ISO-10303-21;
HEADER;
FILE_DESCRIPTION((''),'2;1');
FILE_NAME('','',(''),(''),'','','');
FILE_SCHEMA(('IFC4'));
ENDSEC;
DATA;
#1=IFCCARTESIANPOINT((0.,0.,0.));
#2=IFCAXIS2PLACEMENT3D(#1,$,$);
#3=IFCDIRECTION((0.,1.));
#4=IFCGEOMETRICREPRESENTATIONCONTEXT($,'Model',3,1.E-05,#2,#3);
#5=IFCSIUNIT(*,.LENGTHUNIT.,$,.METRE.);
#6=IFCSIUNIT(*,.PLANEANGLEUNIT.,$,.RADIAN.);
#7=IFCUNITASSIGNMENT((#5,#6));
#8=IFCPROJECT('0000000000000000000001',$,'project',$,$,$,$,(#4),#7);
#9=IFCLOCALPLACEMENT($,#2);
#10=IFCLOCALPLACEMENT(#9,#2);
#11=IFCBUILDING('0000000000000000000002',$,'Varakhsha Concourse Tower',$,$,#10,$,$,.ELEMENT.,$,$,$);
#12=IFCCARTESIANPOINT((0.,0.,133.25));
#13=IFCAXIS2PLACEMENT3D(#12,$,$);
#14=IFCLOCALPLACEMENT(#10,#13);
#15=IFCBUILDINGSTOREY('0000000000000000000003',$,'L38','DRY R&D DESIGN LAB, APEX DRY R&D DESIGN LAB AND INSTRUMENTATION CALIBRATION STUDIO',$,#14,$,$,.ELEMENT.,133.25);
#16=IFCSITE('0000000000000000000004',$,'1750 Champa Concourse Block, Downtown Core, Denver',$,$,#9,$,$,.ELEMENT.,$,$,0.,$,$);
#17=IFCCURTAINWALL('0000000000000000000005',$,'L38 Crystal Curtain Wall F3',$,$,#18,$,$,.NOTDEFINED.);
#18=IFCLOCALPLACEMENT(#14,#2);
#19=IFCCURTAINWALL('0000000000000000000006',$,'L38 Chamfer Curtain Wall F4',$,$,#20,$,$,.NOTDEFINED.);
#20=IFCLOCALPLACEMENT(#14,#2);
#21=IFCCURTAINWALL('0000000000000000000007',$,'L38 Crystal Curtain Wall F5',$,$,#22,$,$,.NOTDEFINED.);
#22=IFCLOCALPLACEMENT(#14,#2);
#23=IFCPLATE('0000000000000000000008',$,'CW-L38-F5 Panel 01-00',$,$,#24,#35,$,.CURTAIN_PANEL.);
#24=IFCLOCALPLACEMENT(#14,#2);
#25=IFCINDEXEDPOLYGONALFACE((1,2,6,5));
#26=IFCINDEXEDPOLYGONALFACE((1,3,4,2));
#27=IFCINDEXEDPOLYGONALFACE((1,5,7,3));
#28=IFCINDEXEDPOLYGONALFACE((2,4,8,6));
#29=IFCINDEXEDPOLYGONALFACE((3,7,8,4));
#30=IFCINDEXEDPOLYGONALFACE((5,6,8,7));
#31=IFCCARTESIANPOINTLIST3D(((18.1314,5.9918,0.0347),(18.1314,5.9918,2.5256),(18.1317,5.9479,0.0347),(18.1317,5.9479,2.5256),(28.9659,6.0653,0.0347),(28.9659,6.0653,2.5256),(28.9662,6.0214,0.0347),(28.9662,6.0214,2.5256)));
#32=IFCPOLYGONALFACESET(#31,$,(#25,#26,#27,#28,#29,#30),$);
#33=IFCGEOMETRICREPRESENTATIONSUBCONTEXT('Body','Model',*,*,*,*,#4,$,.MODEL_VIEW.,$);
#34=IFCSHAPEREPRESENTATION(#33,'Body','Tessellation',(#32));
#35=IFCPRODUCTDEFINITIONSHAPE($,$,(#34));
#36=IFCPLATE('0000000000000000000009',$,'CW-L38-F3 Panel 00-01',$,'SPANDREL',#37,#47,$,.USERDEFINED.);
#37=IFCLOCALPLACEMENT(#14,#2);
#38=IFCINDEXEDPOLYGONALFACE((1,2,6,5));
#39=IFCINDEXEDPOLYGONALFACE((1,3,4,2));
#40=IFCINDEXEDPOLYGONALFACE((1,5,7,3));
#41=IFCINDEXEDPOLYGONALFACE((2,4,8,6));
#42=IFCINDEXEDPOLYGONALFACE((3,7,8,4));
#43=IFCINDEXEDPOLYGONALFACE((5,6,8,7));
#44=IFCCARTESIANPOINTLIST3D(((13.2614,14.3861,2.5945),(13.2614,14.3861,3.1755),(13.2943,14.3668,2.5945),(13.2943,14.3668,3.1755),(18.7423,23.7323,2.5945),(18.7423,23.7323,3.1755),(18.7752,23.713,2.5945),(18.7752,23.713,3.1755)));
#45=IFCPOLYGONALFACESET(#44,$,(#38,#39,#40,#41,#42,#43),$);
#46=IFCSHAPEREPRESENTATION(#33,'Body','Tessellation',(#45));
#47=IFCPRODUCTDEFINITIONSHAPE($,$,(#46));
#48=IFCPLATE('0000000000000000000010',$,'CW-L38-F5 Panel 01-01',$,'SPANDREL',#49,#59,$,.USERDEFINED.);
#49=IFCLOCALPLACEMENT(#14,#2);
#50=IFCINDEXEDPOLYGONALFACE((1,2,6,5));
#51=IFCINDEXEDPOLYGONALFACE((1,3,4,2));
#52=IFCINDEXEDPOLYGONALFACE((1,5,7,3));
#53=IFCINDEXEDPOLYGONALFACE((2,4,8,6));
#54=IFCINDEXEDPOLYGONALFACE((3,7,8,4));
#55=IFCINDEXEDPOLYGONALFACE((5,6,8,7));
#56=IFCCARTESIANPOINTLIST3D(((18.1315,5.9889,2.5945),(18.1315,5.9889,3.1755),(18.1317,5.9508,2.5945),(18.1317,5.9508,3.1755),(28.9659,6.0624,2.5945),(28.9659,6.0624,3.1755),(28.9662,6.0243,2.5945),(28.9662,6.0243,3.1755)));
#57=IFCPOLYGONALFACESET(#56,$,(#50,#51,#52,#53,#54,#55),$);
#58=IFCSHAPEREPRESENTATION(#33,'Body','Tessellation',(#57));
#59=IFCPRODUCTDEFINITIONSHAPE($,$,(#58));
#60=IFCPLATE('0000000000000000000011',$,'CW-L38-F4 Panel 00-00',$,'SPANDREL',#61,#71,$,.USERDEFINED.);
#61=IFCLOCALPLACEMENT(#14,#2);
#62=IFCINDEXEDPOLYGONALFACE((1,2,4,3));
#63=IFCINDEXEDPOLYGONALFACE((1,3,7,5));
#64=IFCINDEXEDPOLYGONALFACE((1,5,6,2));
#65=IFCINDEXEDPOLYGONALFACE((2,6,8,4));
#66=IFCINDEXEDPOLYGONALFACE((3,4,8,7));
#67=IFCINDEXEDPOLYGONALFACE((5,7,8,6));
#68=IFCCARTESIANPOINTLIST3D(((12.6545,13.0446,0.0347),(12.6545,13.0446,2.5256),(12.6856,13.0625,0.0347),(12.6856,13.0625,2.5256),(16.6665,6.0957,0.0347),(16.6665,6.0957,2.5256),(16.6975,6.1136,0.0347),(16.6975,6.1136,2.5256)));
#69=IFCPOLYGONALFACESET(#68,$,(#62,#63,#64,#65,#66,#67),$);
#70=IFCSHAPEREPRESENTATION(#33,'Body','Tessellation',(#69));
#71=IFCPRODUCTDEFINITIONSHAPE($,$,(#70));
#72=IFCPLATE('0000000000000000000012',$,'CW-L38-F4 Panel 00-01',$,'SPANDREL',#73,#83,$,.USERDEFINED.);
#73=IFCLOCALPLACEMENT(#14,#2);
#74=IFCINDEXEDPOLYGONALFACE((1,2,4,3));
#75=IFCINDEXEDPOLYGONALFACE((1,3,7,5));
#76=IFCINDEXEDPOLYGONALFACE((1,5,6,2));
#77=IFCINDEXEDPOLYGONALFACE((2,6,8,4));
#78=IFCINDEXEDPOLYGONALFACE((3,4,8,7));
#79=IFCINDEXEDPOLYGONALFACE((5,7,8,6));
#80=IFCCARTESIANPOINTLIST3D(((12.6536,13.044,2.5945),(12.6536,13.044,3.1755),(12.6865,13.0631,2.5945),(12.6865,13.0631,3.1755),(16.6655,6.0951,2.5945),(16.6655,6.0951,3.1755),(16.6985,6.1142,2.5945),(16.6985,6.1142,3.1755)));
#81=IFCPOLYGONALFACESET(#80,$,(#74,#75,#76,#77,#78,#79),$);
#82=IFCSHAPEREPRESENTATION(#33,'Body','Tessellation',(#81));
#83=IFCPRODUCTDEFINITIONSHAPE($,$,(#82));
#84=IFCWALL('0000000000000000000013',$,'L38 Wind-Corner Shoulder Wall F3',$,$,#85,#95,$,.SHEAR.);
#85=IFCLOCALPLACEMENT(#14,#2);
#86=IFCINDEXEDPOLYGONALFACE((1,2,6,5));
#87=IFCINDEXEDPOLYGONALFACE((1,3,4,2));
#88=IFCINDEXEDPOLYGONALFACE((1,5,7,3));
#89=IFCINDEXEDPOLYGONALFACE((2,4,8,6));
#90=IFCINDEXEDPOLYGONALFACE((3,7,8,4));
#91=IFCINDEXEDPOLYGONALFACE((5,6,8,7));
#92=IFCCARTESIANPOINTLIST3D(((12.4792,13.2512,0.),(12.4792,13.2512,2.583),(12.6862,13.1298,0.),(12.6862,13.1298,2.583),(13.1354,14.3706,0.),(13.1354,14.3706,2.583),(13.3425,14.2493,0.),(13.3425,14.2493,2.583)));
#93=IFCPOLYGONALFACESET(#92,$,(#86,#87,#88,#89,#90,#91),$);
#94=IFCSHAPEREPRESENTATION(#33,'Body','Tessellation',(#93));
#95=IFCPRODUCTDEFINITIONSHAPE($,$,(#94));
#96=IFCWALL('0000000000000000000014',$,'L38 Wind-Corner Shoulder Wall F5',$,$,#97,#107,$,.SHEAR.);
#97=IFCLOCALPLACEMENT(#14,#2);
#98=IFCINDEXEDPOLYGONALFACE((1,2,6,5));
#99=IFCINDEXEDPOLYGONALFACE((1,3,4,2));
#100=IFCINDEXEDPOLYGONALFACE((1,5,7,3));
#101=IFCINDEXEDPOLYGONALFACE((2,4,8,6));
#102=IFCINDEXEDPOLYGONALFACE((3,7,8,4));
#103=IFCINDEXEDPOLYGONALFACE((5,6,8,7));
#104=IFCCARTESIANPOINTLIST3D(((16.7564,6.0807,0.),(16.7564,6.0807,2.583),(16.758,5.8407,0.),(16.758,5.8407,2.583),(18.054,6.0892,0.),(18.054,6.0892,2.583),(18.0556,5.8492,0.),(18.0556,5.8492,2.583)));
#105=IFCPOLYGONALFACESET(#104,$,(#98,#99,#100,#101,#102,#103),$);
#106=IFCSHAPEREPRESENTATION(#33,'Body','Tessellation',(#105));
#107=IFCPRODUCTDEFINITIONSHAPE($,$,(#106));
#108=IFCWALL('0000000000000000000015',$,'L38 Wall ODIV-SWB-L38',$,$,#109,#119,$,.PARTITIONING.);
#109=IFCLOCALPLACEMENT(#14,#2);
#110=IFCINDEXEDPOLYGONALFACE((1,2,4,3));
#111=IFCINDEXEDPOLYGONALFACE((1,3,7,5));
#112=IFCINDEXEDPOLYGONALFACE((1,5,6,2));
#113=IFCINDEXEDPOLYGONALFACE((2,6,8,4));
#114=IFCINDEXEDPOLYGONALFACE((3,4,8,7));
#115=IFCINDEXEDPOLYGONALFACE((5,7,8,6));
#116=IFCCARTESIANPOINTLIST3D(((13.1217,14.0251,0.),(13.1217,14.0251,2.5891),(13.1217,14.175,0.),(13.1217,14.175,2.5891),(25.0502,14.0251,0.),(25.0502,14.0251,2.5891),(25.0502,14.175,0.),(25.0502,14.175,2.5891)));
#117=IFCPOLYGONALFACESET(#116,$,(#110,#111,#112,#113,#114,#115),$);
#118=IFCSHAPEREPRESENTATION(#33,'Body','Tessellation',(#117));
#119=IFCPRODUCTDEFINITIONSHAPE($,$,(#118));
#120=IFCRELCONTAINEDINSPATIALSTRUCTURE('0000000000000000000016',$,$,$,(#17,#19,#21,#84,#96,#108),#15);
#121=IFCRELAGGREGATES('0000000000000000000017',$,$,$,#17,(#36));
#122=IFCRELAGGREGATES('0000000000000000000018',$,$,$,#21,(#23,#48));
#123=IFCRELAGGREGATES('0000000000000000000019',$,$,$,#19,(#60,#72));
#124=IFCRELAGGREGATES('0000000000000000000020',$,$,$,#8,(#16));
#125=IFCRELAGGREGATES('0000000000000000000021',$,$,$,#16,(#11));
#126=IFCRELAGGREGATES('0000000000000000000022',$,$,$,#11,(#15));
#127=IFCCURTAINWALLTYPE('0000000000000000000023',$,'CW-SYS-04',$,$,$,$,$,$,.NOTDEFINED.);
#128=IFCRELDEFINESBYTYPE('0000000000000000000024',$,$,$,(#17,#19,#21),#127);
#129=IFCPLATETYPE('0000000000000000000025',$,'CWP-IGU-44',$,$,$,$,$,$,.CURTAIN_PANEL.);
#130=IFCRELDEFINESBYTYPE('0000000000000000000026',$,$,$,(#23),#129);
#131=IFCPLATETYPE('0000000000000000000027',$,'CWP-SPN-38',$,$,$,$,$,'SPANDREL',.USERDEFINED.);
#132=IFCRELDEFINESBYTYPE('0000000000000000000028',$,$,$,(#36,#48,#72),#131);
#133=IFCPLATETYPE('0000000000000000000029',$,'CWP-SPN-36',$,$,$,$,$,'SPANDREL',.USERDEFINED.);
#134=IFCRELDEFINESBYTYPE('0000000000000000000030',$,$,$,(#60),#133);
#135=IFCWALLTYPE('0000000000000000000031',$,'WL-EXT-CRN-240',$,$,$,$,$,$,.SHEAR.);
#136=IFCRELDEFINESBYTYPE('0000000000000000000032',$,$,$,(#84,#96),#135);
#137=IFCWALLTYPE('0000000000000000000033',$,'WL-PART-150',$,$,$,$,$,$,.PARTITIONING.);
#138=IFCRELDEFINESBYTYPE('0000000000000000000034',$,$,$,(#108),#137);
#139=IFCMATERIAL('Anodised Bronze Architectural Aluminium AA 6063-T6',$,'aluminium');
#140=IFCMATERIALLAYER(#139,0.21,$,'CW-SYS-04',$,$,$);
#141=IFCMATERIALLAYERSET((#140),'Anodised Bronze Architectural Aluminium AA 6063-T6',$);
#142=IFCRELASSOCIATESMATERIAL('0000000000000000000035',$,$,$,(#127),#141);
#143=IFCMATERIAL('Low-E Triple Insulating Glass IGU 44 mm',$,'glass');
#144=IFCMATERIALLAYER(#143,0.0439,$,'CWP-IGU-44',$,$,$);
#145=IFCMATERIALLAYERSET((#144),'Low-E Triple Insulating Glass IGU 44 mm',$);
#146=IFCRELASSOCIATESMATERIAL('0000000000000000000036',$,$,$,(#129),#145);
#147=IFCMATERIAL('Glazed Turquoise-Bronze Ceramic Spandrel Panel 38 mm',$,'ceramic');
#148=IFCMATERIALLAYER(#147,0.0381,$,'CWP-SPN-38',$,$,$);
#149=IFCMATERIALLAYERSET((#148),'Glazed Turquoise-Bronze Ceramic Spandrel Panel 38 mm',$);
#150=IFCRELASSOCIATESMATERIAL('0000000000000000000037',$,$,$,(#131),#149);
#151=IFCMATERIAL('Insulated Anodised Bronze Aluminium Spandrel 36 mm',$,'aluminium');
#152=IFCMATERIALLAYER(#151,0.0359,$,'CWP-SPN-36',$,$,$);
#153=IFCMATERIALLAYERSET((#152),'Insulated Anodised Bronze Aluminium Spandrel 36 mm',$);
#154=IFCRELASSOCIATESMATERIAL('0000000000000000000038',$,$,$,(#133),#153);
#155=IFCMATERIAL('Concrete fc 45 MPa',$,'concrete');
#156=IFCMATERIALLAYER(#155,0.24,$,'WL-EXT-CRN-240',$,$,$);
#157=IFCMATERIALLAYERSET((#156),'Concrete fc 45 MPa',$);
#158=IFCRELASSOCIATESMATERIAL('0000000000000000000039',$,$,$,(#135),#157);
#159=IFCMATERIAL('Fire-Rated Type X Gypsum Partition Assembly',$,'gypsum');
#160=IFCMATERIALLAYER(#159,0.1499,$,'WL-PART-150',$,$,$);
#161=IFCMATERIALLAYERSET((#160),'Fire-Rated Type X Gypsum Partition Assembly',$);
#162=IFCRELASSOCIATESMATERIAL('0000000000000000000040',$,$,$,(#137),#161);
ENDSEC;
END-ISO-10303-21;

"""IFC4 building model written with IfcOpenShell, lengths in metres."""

from ifc_helpers import new_model, si_unit, direction, frame, frame_2d, origin, origin_2d, place, context, subcontext, project, spatial, rectangle, extrude, source, transform, mapped, material, layer, layer_set, type_object, type_shapes, element, aggregate, save


model = new_model("IFC4")

# Units and contexts
model_context = context("Model", 3, precision=1e-05, world=origin(), true_north=direction((0.0, 1.0)))
body_context = subcontext(model_context, "Body", "Model", "MODEL_VIEW")
ifc_project = project(units=[si_unit("LENGTHUNIT", "METRE"), si_unit("PLANEANGLEUNIT", "RADIAN")], contexts=[model_context])

# Site, building, storey
site_placement = place(None, origin())
site = spatial("IfcSite", under=ifc_project, at=site_placement, Name="1750 Champa Concourse Block, Downtown Core, Denver", CompositionType="ELEMENT", RefElevation=0.0)
building_placement = place(site_placement, origin())
building = spatial("IfcBuilding", under=site, at=building_placement, Name="Varakhsha Concourse Tower", CompositionType="ELEMENT")
storey_placement = place(building_placement, frame((0.0, 0.0, 133.25)))
storey = spatial("IfcBuildingStorey", under=building, at=storey_placement, Name="L38", Description="DRY R&D DESIGN LAB, APEX DRY R&D DESIGN LAB AND INSTRUMENTATION CALIBRATION STUDIO", CompositionType="ELEMENT", Elevation=133.25)

# Curtain wall
ifc_material_1 = material(Name="Anodised Bronze Architectural Aluminium AA 6063-T6", Category="aluminium")
ifc_layer_1 = layer(ifc_material_1, 0.21, Name="CW-SYS-04")
ifc_layer_set_1 = layer_set([ifc_layer_1], Name="Anodised Bronze Architectural Aluminium AA 6063-T6")
curtain_wall_type = type_object("IfcCurtainWallType", Name="CW-SYS-04", PredefinedType="NOTDEFINED", material=ifc_layer_set_1)
curtain_wall_1_placement = place(storey_placement, origin())
curtain_wall_1 = element("IfcCurtainWall", 1, at=curtain_wall_1_placement, inside=storey, type_object=curtain_wall_type, Name="L38 Crystal Curtain Wall F3", PredefinedType="NOTDEFINED")

# Curtain wall
curtain_wall_2_placement = place(storey_placement, origin())
curtain_wall_2 = element("IfcCurtainWall", 2, at=curtain_wall_2_placement, inside=storey, type_object=curtain_wall_type, Name="L38 Chamfer Curtain Wall F4", PredefinedType="NOTDEFINED")

# Curtain wall
curtain_wall_3_placement = place(storey_placement, origin())
curtain_wall_3 = element("IfcCurtainWall", 3, at=curtain_wall_3_placement, inside=storey, type_object=curtain_wall_type, Name="L38 Crystal Curtain Wall F5", PredefinedType="NOTDEFINED")

# Shared definitions
ifc_material_2 = material(Name="Concrete fc 45 MPa", Category="concrete")

# Plates
ifc_material_3 = material(Name="Low-E Triple Insulating Glass IGU 44 mm", Category="glass")
ifc_layer_2 = layer(ifc_material_3, 0.0439, Name="CWP-IGU-44")
ifc_layer_set_2 = layer_set([ifc_layer_2], Name="Low-E Triple Insulating Glass IGU 44 mm")
plate_type_1 = type_object("IfcPlateType", Name="CWP-IGU-44", PredefinedType="CURTAIN_PANEL", material=ifc_layer_set_2)
shared_shape_1 = source(origin(), body_context, "Body", "SweptSolid", [
    extrude(rectangle(XDim=10.8347, YDim=0.0439, at=origin_2d()), origin(), (0.0, 0.0, 1.0), 2.491),
])
type_shapes(plate_type_1, [shared_shape_1])
plate_1_placement = place(storey_placement, frame((23.5488, 6.0066, 0.0347), z_axis=(0.0, 0.0, 1.0), x_axis=(-0.999977, -0.006786, 0.0)))
plate_1 = element("IfcPlate", 4, at=plate_1_placement, type_object=plate_type_1, Name="CW-L38-F5 Panel 01-00", PredefinedType="CURTAIN_PANEL", context=body_context, shape_type="MappedRepresentation", body=[
    mapped(shared_shape_1, transform((0.0, 0.0, 0.0), scale=1.0)),
])
ifc_material_4 = material(Name="Glazed Turquoise-Bronze Ceramic Spandrel Panel 38 mm", Category="ceramic")
ifc_layer_3 = layer(ifc_material_4, 0.0381, Name="CWP-SPN-38")
ifc_layer_set_3 = layer_set([ifc_layer_3], Name="Glazed Turquoise-Bronze Ceramic Spandrel Panel 38 mm")
plate_type_2 = type_object("IfcPlateType", Name="CWP-SPN-38", ElementType="SPANDREL", PredefinedType="USERDEFINED", material=ifc_layer_set_3)
shared_shape_2 = source(origin(), body_context, "Body", "SweptSolid", [
    extrude(rectangle(XDim=10.8347, YDim=0.0381, at=origin_2d()), origin(), (0.0, 0.0, 1.0), 0.5811),
])
plate_2_placement = place(storey_placement, frame((16.0183, 19.0496, 2.5945), z_axis=(0.0, 0.0, 1.0), x_axis=(0.505862, 0.862614, 0.0)))
plate_2 = element("IfcPlate", 5, at=plate_2_placement, type_object=plate_type_2, Name="CW-L38-F3 Panel 00-01", ObjectType="SPANDREL", PredefinedType="USERDEFINED", context=body_context, shape_type="MappedRepresentation", body=[
    mapped(shared_shape_2, transform((0.0, 0.0, 0.0), scale=1.0)),
])
aggregate(curtain_wall_1, [plate_2])
plate_3_placement = place(storey_placement, frame((23.5488, 6.0066, 2.5945), z_axis=(0.0, 0.0, 1.0), x_axis=(-0.999977, -0.006786, 0.0)))
plate_3 = element("IfcPlate", 6, at=plate_3_placement, type_object=plate_type_2, Name="CW-L38-F5 Panel 01-01", ObjectType="SPANDREL", PredefinedType="USERDEFINED", context=body_context, shape_type="MappedRepresentation", body=[
    mapped(shared_shape_2, transform((0.0, 0.0, 0.0), scale=1.0)),
])
aggregate(curtain_wall_3, [plate_1, plate_3])
ifc_material_5 = material(Name="Insulated Anodised Bronze Aluminium Spandrel 36 mm", Category="aluminium")
ifc_layer_4 = layer(ifc_material_5, 0.0359, Name="CWP-SPN-36")
ifc_layer_set_4 = layer_set([ifc_layer_4], Name="Insulated Anodised Bronze Aluminium Spandrel 36 mm")
plate_type_3 = type_object("IfcPlateType", Name="CWP-SPN-36", ElementType="SPANDREL", PredefinedType="USERDEFINED", material=ifc_layer_set_4)
shared_shape_3 = source(origin(), body_context, "Body", "SweptSolid", [
    extrude(rectangle(XDim=8.0239, YDim=0.0359, at=origin_2d()), origin(), (0.0, 0.0, 1.0), 2.491),
])
type_shapes(plate_type_3, [shared_shape_3])
plate_4_placement = place(storey_placement, frame((14.676, 9.5791, 0.0347), z_axis=(0.0, 0.0, 1.0), x_axis=(-0.5, 0.866025, 0.0)))
plate_4 = element("IfcPlate", 7, at=plate_4_placement, type_object=plate_type_3, Name="CW-L38-F4 Panel 00-00", ObjectType="SPANDREL", PredefinedType="USERDEFINED", context=body_context, shape_type="MappedRepresentation", body=[
    mapped(shared_shape_3, transform((0.0, 0.0, 0.0), scale=1.0)),
])
shared_shape_4 = source(origin(), body_context, "Body", "SweptSolid", [
    extrude(rectangle(XDim=8.0239, YDim=0.0381, at=origin_2d()), origin(), (0.0, 0.0, 1.0), 0.5811),
])
type_shapes(plate_type_2, [shared_shape_2, shared_shape_4])
plate_5_placement = place(storey_placement, frame((14.676, 9.5791, 2.5945), z_axis=(0.0, 0.0, 1.0), x_axis=(-0.5, 0.866025, 0.0)))
plate_5 = element("IfcPlate", 8, at=plate_5_placement, type_object=plate_type_2, Name="CW-L38-F4 Panel 00-01", ObjectType="SPANDREL", PredefinedType="USERDEFINED", context=body_context, shape_type="MappedRepresentation", body=[
    mapped(shared_shape_4, transform((0.0, 0.0, 0.0), scale=1.0)),
])
aggregate(curtain_wall_2, [plate_4, plate_5])

# Walls
ifc_layer_5 = layer(ifc_material_2, 0.24, Name="WL-EXT-CRN-240")
ifc_layer_set_5 = layer_set([ifc_layer_5], Name="Concrete fc 45 MPa")
wall_type_1 = type_object("IfcWallType", Name="WL-EXT-CRN-240", PredefinedType="SHEAR", material=ifc_layer_set_5)
for number, where, z_axis, x_axis, name in (
    (9, (13.239, 14.3101, 0.0), (0.0, 0.0, 1.0), (-0.505753, -0.862678, 0.0), "L38 Wind-Corner Shoulder Wall F3"),
    (10, (16.7571, 5.9607, 0.0), (0.0, 0.0, 1.0), (0.999978, 0.006585, 0.0), "L38 Wind-Corner Shoulder Wall F5"),
):
    element("IfcWall", number, at=place(storey_placement, frame(where, z_axis=z_axis, x_axis=x_axis)), inside=storey, type_object=wall_type_1, Name=name, PredefinedType="SHEAR", context=body_context, shape_type="SweptSolid", body=[
        extrude(rectangle(XDim=1.2976, YDim=0.24, at=frame_2d((0.6489, 0.0))), origin(), (0.0, 0.0, 1.0), 2.583),
    ])
ifc_material_6 = material(Name="Fire-Rated Type X Gypsum Partition Assembly", Category="gypsum")
ifc_layer_6 = layer(ifc_material_6, 0.1499, Name="WL-PART-150")
ifc_layer_set_6 = layer_set([ifc_layer_6], Name="Fire-Rated Type X Gypsum Partition Assembly")
wall_type_2 = type_object("IfcWallType", Name="WL-PART-150", PredefinedType="PARTITIONING", material=ifc_layer_set_6)
wall_placement = place(storey_placement, frame((13.1216, 14.1001, 0.0), z_axis=(0.0, 0.0, 1.0), x_axis=(1.0, 0.0, 0.0)))
element("IfcWall", 11, at=wall_placement, inside=storey, type_object=wall_type_2, Name="L38 Wall ODIV-SWB-L38", PredefinedType="PARTITIONING", context=body_context, shape_type="SweptSolid", body=[
    extrude(rectangle(XDim=11.9285, YDim=0.1499, at=frame_2d((5.9644, 0.0))), origin(), (0.0, 0.0, 1.0), 2.5891),
])

save(model, "model.ifc")
